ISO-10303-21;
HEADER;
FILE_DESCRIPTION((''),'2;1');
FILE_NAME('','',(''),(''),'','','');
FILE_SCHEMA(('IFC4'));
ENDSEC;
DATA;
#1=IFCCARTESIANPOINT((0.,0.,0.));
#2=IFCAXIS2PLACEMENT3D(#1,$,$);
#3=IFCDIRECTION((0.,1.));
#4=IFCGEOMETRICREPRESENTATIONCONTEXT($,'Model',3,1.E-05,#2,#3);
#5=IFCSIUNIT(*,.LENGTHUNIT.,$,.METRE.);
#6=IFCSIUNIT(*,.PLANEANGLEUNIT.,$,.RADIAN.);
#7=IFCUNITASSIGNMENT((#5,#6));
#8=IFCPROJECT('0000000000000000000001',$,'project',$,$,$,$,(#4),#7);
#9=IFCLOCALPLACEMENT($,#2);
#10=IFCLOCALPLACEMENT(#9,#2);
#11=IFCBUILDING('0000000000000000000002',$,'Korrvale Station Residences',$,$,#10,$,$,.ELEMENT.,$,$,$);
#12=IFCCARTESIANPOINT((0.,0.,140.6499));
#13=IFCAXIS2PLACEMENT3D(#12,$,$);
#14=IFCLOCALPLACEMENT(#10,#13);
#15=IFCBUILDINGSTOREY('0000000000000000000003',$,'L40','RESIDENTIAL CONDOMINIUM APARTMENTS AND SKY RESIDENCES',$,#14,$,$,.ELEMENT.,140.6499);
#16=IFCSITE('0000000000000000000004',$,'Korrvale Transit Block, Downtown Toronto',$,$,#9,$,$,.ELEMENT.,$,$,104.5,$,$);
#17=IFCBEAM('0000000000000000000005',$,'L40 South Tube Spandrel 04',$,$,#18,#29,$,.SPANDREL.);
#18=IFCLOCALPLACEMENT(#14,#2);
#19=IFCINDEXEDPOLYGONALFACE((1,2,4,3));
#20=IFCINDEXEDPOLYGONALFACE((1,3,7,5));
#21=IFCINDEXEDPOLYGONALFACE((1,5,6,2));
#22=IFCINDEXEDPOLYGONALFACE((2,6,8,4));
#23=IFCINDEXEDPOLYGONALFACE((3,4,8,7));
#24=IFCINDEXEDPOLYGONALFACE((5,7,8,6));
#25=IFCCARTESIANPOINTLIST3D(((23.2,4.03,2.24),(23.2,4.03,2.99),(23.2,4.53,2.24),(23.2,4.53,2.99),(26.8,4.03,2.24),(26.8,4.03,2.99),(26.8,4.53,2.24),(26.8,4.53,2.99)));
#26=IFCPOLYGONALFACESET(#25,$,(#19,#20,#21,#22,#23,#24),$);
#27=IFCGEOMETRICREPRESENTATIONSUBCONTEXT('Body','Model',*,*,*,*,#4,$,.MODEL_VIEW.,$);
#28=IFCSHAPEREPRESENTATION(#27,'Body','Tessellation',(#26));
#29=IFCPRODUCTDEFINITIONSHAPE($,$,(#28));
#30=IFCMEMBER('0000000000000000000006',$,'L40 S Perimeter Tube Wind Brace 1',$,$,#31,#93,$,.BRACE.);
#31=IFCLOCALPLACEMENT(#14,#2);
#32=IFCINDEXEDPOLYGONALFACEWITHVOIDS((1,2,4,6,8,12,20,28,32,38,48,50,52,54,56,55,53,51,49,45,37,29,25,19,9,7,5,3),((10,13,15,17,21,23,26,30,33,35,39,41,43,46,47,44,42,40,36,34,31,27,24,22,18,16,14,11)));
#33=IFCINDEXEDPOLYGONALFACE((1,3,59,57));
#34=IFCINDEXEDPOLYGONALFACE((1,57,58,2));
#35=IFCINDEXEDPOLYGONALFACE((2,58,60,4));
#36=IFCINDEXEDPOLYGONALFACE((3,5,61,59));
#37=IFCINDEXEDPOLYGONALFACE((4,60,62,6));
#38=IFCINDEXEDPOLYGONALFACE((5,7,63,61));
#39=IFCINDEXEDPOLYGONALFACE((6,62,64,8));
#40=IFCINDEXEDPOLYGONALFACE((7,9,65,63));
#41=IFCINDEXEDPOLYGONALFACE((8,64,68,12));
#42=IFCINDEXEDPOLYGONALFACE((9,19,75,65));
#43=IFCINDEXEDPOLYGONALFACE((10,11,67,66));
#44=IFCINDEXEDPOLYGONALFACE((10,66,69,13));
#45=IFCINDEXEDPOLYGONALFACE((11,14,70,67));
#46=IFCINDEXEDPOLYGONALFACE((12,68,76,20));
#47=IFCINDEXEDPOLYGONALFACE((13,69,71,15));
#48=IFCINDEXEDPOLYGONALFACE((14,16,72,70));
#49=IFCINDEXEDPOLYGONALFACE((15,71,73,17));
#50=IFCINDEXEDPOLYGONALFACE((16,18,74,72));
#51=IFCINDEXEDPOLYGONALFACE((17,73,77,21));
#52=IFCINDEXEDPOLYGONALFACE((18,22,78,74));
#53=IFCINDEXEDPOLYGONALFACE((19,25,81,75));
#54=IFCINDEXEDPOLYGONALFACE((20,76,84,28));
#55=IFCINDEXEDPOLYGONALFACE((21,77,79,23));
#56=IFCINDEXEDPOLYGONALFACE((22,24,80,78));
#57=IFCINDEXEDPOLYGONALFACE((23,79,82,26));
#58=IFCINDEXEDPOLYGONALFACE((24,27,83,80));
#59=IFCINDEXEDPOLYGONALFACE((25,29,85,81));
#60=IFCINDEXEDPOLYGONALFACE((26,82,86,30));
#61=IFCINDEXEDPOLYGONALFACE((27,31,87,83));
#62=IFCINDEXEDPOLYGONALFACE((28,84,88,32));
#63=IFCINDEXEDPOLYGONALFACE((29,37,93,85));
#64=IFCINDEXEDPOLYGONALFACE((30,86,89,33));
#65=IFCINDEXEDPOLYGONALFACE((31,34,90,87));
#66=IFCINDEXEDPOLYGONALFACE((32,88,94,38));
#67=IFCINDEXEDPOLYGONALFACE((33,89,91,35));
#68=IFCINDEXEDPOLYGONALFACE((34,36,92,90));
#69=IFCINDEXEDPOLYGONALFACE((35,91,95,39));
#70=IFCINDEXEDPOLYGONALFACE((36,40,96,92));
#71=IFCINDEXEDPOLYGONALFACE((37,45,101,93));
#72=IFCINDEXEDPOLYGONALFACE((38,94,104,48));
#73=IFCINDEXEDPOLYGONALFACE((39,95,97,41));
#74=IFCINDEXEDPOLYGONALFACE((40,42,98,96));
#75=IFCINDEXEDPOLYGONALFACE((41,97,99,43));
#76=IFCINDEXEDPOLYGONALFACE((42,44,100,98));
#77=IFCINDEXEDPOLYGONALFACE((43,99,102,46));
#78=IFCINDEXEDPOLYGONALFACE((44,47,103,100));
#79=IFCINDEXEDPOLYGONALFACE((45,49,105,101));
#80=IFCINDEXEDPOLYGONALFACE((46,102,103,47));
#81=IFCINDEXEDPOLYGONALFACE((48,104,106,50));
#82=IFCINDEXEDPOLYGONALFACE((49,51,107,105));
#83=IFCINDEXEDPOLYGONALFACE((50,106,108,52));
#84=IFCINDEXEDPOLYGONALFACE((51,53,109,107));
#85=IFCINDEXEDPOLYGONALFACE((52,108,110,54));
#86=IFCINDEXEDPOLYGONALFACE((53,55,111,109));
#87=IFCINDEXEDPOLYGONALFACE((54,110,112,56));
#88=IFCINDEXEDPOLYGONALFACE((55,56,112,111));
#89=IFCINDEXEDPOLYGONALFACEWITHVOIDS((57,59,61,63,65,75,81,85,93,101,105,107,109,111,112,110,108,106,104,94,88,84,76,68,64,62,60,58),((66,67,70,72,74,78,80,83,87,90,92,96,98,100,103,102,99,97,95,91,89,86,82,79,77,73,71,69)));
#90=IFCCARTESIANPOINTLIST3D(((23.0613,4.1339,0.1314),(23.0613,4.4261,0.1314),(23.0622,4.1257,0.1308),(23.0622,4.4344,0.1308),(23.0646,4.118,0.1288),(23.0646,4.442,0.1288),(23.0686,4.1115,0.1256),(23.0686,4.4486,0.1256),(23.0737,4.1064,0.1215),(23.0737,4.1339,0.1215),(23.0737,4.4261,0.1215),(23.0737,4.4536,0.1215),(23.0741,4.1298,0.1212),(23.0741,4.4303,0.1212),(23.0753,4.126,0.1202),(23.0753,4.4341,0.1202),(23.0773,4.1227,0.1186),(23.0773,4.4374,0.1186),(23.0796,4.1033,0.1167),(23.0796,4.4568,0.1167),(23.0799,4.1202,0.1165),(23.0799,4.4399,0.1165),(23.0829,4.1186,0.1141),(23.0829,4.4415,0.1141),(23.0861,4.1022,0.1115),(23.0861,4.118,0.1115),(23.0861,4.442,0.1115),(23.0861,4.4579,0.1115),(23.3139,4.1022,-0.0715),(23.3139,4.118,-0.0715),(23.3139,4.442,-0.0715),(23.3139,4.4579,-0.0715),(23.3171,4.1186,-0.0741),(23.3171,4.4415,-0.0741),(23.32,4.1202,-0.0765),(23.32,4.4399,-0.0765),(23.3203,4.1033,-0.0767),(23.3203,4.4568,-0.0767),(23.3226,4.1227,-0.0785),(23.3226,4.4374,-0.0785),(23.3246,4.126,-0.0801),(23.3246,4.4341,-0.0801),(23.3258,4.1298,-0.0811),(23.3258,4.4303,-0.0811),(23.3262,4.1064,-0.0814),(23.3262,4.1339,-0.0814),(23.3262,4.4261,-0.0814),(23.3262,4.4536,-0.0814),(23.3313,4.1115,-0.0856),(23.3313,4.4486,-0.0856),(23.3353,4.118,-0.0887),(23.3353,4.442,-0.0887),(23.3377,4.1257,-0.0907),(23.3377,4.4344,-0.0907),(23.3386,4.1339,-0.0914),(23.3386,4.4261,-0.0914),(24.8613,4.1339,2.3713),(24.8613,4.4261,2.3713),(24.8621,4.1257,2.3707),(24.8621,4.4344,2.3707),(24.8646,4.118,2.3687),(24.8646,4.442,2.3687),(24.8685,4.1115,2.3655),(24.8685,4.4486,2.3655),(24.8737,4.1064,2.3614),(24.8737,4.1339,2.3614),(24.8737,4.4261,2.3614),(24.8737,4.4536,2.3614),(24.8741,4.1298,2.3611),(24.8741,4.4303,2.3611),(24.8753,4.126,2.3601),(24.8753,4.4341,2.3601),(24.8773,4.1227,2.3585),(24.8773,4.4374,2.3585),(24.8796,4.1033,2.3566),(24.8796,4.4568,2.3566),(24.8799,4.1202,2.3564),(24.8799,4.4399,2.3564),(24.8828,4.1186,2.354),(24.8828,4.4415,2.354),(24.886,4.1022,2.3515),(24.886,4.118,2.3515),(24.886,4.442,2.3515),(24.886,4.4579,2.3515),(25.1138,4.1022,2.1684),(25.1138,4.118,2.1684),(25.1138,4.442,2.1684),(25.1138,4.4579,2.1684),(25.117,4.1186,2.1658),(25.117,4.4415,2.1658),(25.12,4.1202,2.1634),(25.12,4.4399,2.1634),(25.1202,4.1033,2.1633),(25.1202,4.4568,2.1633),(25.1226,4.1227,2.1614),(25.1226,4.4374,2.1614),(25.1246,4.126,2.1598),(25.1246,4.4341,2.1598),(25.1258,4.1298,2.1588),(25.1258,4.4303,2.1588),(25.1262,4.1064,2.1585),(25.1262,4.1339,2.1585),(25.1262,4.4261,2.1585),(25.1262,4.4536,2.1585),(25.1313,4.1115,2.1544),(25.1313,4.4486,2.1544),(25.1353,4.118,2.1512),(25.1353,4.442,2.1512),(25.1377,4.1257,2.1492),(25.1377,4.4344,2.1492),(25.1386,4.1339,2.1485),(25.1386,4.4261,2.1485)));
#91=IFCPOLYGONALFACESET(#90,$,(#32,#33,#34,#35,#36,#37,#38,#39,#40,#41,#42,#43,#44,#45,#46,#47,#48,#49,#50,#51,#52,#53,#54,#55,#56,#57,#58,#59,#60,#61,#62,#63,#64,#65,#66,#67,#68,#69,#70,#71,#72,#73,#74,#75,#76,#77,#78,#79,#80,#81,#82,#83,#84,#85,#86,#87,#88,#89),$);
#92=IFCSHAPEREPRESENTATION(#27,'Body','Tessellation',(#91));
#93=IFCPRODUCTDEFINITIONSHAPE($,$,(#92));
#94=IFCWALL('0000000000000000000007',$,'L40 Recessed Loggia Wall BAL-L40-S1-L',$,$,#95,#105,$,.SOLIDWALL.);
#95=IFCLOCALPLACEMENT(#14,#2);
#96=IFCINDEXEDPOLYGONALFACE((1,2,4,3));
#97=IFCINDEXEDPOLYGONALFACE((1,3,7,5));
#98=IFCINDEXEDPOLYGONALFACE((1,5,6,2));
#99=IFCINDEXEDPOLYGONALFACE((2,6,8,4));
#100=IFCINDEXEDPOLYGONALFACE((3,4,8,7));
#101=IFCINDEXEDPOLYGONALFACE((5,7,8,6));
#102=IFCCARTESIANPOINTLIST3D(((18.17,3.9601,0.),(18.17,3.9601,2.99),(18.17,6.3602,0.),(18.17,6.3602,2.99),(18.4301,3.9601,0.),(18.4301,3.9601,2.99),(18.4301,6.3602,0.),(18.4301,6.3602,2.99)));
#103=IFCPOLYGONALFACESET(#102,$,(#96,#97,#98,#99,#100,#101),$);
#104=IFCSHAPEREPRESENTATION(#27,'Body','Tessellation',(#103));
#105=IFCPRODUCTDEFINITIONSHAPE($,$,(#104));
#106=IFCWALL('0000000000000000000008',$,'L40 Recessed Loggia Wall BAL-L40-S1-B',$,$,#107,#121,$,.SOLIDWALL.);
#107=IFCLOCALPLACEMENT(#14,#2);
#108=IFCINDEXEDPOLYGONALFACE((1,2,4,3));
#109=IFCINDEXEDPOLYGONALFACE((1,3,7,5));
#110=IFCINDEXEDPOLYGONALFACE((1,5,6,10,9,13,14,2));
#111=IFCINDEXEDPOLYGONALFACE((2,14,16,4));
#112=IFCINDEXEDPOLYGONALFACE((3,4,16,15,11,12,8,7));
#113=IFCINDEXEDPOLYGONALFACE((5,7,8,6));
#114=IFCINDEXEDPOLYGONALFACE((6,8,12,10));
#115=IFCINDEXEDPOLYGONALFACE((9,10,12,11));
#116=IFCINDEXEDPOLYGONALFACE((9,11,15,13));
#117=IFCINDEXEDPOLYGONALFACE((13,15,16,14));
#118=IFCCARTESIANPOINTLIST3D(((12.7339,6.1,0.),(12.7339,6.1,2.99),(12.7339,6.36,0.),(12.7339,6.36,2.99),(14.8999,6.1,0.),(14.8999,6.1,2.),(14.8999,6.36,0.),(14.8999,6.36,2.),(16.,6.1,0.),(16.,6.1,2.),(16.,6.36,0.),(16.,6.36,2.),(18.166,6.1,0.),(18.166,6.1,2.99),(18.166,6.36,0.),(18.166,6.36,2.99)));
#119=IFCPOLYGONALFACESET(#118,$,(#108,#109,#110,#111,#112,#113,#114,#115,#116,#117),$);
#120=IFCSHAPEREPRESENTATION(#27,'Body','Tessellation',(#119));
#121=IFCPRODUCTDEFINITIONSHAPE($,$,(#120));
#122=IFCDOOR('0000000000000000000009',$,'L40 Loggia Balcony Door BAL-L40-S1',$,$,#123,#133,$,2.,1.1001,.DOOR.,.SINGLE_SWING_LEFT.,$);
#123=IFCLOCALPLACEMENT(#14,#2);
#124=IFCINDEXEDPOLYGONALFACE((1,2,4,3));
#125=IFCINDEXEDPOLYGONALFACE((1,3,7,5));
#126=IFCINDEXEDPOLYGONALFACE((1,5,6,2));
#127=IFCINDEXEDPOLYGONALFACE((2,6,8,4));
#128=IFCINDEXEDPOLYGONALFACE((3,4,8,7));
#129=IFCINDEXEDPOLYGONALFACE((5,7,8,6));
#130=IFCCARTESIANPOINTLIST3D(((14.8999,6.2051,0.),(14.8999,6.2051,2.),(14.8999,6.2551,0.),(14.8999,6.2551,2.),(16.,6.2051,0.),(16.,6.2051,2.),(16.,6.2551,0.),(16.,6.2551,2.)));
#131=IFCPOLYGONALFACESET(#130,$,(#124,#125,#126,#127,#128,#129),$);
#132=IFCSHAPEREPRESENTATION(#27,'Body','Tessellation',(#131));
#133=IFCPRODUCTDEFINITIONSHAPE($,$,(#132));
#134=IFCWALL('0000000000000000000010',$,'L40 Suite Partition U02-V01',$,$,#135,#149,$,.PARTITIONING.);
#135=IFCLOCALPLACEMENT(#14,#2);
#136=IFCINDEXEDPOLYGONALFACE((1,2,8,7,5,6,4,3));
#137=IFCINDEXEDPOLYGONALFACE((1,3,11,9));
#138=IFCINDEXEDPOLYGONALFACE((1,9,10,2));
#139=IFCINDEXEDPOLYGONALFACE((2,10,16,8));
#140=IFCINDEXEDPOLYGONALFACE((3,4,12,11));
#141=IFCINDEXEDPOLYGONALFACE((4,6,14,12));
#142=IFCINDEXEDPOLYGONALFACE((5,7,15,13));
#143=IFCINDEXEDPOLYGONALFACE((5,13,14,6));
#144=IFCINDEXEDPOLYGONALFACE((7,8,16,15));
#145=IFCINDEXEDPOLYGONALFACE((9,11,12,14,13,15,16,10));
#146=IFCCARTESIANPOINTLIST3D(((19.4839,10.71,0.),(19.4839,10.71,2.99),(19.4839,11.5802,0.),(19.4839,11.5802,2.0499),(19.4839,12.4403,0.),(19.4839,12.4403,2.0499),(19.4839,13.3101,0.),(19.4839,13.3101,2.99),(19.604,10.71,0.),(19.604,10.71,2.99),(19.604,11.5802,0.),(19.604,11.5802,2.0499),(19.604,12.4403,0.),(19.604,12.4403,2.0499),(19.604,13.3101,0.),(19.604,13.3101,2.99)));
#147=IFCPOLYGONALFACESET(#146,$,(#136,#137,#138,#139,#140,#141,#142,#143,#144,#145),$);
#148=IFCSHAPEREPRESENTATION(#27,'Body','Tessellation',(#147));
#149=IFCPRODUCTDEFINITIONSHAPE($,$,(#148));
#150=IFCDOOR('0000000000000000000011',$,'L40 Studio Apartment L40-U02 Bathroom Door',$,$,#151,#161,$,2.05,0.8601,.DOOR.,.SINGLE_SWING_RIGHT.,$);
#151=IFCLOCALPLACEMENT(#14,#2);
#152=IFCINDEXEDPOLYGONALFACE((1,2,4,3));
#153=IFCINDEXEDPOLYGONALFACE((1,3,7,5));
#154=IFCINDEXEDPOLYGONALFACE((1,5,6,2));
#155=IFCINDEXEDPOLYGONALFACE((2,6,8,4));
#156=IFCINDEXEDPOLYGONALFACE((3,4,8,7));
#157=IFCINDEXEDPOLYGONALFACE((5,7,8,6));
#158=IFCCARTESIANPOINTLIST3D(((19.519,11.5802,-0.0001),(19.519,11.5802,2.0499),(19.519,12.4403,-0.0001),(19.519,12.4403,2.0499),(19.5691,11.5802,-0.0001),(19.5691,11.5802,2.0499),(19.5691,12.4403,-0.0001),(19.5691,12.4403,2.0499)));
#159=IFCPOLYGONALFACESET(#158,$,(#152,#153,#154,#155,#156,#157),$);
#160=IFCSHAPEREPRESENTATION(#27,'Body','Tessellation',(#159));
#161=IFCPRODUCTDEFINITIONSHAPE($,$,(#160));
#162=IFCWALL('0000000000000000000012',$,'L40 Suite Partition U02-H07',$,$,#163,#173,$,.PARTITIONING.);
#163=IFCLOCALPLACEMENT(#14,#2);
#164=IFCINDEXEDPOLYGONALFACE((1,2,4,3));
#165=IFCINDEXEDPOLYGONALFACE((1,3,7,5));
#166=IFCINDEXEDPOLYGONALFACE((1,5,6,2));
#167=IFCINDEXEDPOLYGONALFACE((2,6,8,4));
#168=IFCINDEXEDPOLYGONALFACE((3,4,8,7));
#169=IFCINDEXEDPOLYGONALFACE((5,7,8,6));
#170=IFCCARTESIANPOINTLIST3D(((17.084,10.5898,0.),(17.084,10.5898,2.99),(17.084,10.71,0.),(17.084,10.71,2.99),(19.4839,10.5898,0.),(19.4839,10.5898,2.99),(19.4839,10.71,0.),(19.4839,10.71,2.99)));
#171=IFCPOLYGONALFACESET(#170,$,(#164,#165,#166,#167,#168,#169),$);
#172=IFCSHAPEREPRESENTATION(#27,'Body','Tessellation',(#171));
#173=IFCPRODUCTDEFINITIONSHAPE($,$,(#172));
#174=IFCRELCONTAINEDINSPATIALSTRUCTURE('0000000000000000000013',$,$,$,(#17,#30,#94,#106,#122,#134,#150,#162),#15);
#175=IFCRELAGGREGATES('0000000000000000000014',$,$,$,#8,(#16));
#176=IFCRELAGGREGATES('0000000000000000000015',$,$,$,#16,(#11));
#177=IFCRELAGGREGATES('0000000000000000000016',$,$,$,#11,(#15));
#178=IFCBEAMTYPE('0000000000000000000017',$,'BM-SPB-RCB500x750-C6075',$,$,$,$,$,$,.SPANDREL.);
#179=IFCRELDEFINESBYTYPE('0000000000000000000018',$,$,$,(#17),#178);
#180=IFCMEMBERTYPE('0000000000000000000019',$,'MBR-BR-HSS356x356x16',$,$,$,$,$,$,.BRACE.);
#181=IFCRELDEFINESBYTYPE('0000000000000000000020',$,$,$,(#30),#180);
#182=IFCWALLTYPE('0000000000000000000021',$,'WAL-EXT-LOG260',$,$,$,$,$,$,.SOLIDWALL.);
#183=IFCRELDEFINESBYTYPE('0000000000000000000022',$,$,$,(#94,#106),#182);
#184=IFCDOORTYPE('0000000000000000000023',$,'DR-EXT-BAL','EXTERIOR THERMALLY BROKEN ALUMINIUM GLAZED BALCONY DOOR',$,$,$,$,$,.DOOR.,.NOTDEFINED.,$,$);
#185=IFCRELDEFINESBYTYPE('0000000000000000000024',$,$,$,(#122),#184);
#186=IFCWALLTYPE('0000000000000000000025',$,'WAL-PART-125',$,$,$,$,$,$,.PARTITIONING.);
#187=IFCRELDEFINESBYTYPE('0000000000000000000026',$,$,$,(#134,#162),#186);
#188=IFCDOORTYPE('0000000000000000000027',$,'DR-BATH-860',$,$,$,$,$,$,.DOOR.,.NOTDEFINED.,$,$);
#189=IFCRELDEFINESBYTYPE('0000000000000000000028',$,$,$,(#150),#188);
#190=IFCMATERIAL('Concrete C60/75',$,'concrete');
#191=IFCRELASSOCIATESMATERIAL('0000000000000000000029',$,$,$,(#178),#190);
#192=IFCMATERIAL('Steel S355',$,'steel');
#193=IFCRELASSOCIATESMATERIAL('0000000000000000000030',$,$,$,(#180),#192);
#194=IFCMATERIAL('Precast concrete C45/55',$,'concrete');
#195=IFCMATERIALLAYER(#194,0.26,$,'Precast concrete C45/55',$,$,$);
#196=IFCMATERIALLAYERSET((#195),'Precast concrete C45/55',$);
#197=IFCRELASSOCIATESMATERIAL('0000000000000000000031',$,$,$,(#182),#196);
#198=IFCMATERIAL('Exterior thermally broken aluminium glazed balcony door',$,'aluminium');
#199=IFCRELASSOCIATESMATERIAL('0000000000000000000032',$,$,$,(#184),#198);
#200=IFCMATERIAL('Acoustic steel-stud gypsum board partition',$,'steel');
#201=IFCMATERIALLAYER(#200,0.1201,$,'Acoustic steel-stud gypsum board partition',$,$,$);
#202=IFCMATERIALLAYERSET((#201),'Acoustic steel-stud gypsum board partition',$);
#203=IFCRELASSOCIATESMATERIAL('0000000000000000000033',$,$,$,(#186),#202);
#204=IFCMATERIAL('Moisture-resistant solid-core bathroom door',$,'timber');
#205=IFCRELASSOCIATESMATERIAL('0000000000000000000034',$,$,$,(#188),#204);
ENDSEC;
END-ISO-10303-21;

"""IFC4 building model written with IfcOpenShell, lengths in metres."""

from ifc_helpers import new_model, si_unit, direction, frame, frame_2d, origin, origin_2d, place, context, subcontext, project, spatial, rectangle, hollow_rectangle, extrude, material, layer, layer_set, material_profile, profile_set, type_object, element, fill, save


model = new_model("IFC4")

# Units and contexts
model_context = context("Model", 3, precision=1e-05, world=origin(), true_north=direction((0.0, 1.0)))
body_context = subcontext(model_context, "Body", "Model", "MODEL_VIEW")
ifc_project = project(units=[si_unit("LENGTHUNIT", "METRE"), si_unit("PLANEANGLEUNIT", "RADIAN")], contexts=[model_context])

# Site, building, storey
site_placement = place(None, origin())
site = spatial("IfcSite", under=ifc_project, at=site_placement, Name="Korrvale Transit Block, Downtown Toronto", CompositionType="ELEMENT", RefElevation=104.5)
building_placement = place(site_placement, origin())
building = spatial("IfcBuilding", under=site, at=building_placement, Name="Korrvale Station Residences", CompositionType="ELEMENT")
storey_placement = place(building_placement, frame((0.0, 0.0, 140.6499)))
storey = spatial("IfcBuildingStorey", under=building, at=storey_placement, Name="L40", Description="RESIDENTIAL CONDOMINIUM APARTMENTS AND SKY RESIDENCES", CompositionType="ELEMENT", Elevation=140.6499)

# Shared definitions
ifc_material_1 = material(Name="Concrete C60/75", Category="concrete")

# Beam
ifc_material_2 = material(Name="Steel S355", Category="steel")
ifc_material_profile_1 = material_profile(ifc_material_1, rectangle(XDim=0.5, YDim=0.75, at=origin_2d()), Name="RCB500x750")
ifc_profile_set_1 = profile_set([ifc_material_profile_1], Name="Concrete C60/75")
beam_type_1 = type_object("IfcBeamType", Name="BM-SPB-RCB500x750-C6075", PredefinedType="SPANDREL", material=ifc_profile_set_1)
beam_1_placement = place(storey_placement, frame((23.2, 4.28, 2.615), z_axis=(1.0, 0.0, 0.0), x_axis=(0.0, 1.0, 0.0)))
element("IfcBeam", 1, at=beam_1_placement, inside=storey, type_object=beam_type_1, Name="L40 South Tube Spandrel 04", PredefinedType="SPANDREL", context=body_context, shape_type="SweptSolid", body=[
    extrude(rectangle(XDim=0.5, YDim=0.75, at=origin_2d()), origin(), (0.0, 0.0, 1.0), 3.6001),
])

# Member
ifc_material_profile_2 = material_profile(ifc_material_2, hollow_rectangle(XDim=0.3557, YDim=0.3557, WallThickness=0.0159, InnerFilletRadius=0.0159, OuterFilletRadius=0.0317, at=origin_2d()), Name="HSS356x356x16")
ifc_profile_set_2 = profile_set([ifc_material_profile_2], Name="Steel S355")
member_type = type_object("IfcMemberType", Name="MBR-BR-HSS356x356x16", PredefinedType="BRACE", material=ifc_profile_set_2)
member_placement = place(storey_placement, frame((23.2, 4.28, 0.02), z_axis=(0.626403, 0.0, 0.779499), x_axis=(0.0, 1.0, 0.0)))
element("IfcMember", 2, at=member_placement, inside=storey, type_object=member_type, Name="L40 S Perimeter Tube Wind Brace 1", PredefinedType="BRACE", context=body_context, shape_type="SweptSolid", body=[
    extrude(hollow_rectangle(XDim=0.3557, YDim=0.3557, WallThickness=0.0159, InnerFilletRadius=0.0159, OuterFilletRadius=0.0317, at=origin_2d()), origin(), (0.0, 0.0, 1.0), 2.8735),
])

# Wall
ifc_material_3 = material(Name="Precast concrete C45/55", Category="concrete")
ifc_layer_1 = layer(ifc_material_3, 0.26, Name="Precast concrete C45/55")
ifc_layer_set_1 = layer_set([ifc_layer_1], Name="Precast concrete C45/55")
wall_type_1 = type_object("IfcWallType", Name="WAL-EXT-LOG260", PredefinedType="SOLIDWALL", material=ifc_layer_set_1)
wall_1_placement = place(storey_placement, frame((18.3, 3.96, 0.0), z_axis=(0.0, 0.0, 1.0), x_axis=(0.0, 1.0, 0.0)))
element("IfcWall", 3, at=wall_1_placement, inside=storey, type_object=wall_type_1, Name="L40 Recessed Loggia Wall BAL-L40-S1-L", PredefinedType="SOLIDWALL", context=body_context, shape_type="SweptSolid", body=[
    extrude(rectangle(XDim=2.4001, YDim=0.26, at=frame_2d((1.2002, 0.0))), origin(), (0.0, 0.0, 1.0), 2.99),
])

# Walls, openings, doors
wall_2_placement = place(storey_placement, frame((18.166, 6.23, 0.0), z_axis=(0.0, 0.0, 1.0), x_axis=(-1.0, 0.0, 0.0)))
wall_2 = element("IfcWall", 4, at=wall_2_placement, inside=storey, type_object=wall_type_1, Name="L40 Recessed Loggia Wall BAL-L40-S1-B", PredefinedType="SOLIDWALL", context=body_context, shape_type="SweptSolid", body=[
    extrude(rectangle(XDim=5.4321, YDim=0.26, at=frame_2d((2.7161, 0.0))), origin(), (0.0, 0.0, 1.0), 2.99),
])
opening_1_placement = place(wall_2_placement, frame((2.166, 0.0, 0.0)))
opening_1 = element("IfcOpeningElement", 5, at=opening_1_placement, cuts=wall_2, PredefinedType="OPENING", context=body_context, shape_type="SweptSolid", body=[
    extrude(rectangle(XDim=1.1001, YDim=2.0, at=frame_2d((0.55, 1.0))), frame((0.0, 0.1401, 0.0), z_axis=(0.0, -1.0, 0.0), x_axis=(1.0, 0.0, 0.0)), (0.0, 0.0, 1.0), 0.28),
])
ifc_material_4 = material(Name="Exterior thermally broken aluminium glazed balcony door", Category="aluminium")
door_type_1 = type_object("IfcDoorType", Name="DR-EXT-BAL", Description="EXTERIOR THERMALLY BROKEN ALUMINIUM GLAZED BALCONY DOOR", OperationType="NOTDEFINED", PredefinedType="DOOR", material=ifc_material_4)
door_1_placement = place(opening_1_placement, origin())
door_1 = element("IfcDoor", 6, at=door_1_placement, inside=storey, type_object=door_type_1, Name="L40 Loggia Balcony Door BAL-L40-S1", OperationType="SINGLE_SWING_LEFT", OverallHeight=2.0, OverallWidth=1.1001, PredefinedType="DOOR", context=body_context, shape_type="SweptSolid", body=[
    extrude(rectangle(XDim=1.1001, YDim=2.0, at=frame_2d((0.55, 1.0))), frame((0.0, 0.0249, 0.0), z_axis=(0.0, -1.0, 0.0), x_axis=(1.0, 0.0, 0.0)), (0.0, 0.0, 1.0), 0.05),
])
fill(opening_1, door_1)
ifc_material_5 = material(Name="Acoustic steel-stud gypsum board partition", Category="steel")
ifc_layer_2 = layer(ifc_material_5, 0.1201, Name="Acoustic steel-stud gypsum board partition")
ifc_layer_set_2 = layer_set([ifc_layer_2], Name="Acoustic steel-stud gypsum board partition")
wall_type_2 = type_object("IfcWallType", Name="WAL-PART-125", PredefinedType="PARTITIONING", material=ifc_layer_set_2)
wall_3_placement = place(storey_placement, frame((19.5439, 10.71, 0.0), z_axis=(0.0, 0.0, 1.0), x_axis=(0.0, 1.0, 0.0)))
wall_3 = element("IfcWall", 7, at=wall_3_placement, inside=storey, type_object=wall_type_2, Name="L40 Suite Partition U02-V01", PredefinedType="PARTITIONING", context=body_context, shape_type="SweptSolid", body=[
    extrude(rectangle(XDim=2.6001, YDim=0.1201, at=frame_2d((1.3, 0.0))), origin(), (0.0, 0.0, 1.0), 2.99),
])
opening_2_placement = place(wall_3_placement, frame((0.8701, 0.0, 0.0)))
opening_2 = element("IfcOpeningElement", 8, at=opening_2_placement, cuts=wall_3, PredefinedType="OPENING", context=body_context, shape_type="SweptSolid", body=[
    extrude(rectangle(XDim=0.8601, YDim=2.05, at=frame_2d((0.4302, 1.0249))), frame((0.0, 0.0701, 0.0), z_axis=(0.0, -1.0, 0.0), x_axis=(1.0, 0.0, 0.0)), (0.0, 0.0, 1.0), 0.1401),
])
ifc_material_6 = material(Name="Moisture-resistant solid-core bathroom door", Category="timber")
door_type_2 = type_object("IfcDoorType", Name="DR-BATH-860", OperationType="NOTDEFINED", PredefinedType="DOOR", material=ifc_material_6)
door_2_placement = place(opening_2_placement, origin())
door_2 = element("IfcDoor", 9, at=door_2_placement, inside=storey, type_object=door_type_2, Name="L40 Studio Apartment L40-U02 Bathroom Door", OperationType="SINGLE_SWING_RIGHT", OverallHeight=2.05, OverallWidth=0.8601, PredefinedType="DOOR", context=body_context, shape_type="SweptSolid", body=[
    extrude(rectangle(XDim=0.8601, YDim=2.05, at=frame_2d((0.4302, 1.0249))), frame((0.0, 0.0249, 0.0), z_axis=(0.0, -1.0, 0.0), x_axis=(1.0, 0.0, 0.0)), (0.0, 0.0, 1.0), 0.05),
])
fill(opening_2, door_2)

# Wall
wall_4_placement = place(storey_placement, frame((17.084, 10.6499, 0.0), z_axis=(0.0, 0.0, 1.0), x_axis=(1.0, 0.0, 0.0)))
element("IfcWall", 10, at=wall_4_placement, inside=storey, type_object=wall_type_2, Name="L40 Suite Partition U02-H07", PredefinedType="PARTITIONING", context=body_context, shape_type="SweptSolid", body=[
    extrude(rectangle(XDim=2.3999, YDim=0.1201, at=frame_2d((1.2, 0.0))), origin(), (0.0, 0.0, 1.0), 2.99),
])

save(model, "model.ifc")
